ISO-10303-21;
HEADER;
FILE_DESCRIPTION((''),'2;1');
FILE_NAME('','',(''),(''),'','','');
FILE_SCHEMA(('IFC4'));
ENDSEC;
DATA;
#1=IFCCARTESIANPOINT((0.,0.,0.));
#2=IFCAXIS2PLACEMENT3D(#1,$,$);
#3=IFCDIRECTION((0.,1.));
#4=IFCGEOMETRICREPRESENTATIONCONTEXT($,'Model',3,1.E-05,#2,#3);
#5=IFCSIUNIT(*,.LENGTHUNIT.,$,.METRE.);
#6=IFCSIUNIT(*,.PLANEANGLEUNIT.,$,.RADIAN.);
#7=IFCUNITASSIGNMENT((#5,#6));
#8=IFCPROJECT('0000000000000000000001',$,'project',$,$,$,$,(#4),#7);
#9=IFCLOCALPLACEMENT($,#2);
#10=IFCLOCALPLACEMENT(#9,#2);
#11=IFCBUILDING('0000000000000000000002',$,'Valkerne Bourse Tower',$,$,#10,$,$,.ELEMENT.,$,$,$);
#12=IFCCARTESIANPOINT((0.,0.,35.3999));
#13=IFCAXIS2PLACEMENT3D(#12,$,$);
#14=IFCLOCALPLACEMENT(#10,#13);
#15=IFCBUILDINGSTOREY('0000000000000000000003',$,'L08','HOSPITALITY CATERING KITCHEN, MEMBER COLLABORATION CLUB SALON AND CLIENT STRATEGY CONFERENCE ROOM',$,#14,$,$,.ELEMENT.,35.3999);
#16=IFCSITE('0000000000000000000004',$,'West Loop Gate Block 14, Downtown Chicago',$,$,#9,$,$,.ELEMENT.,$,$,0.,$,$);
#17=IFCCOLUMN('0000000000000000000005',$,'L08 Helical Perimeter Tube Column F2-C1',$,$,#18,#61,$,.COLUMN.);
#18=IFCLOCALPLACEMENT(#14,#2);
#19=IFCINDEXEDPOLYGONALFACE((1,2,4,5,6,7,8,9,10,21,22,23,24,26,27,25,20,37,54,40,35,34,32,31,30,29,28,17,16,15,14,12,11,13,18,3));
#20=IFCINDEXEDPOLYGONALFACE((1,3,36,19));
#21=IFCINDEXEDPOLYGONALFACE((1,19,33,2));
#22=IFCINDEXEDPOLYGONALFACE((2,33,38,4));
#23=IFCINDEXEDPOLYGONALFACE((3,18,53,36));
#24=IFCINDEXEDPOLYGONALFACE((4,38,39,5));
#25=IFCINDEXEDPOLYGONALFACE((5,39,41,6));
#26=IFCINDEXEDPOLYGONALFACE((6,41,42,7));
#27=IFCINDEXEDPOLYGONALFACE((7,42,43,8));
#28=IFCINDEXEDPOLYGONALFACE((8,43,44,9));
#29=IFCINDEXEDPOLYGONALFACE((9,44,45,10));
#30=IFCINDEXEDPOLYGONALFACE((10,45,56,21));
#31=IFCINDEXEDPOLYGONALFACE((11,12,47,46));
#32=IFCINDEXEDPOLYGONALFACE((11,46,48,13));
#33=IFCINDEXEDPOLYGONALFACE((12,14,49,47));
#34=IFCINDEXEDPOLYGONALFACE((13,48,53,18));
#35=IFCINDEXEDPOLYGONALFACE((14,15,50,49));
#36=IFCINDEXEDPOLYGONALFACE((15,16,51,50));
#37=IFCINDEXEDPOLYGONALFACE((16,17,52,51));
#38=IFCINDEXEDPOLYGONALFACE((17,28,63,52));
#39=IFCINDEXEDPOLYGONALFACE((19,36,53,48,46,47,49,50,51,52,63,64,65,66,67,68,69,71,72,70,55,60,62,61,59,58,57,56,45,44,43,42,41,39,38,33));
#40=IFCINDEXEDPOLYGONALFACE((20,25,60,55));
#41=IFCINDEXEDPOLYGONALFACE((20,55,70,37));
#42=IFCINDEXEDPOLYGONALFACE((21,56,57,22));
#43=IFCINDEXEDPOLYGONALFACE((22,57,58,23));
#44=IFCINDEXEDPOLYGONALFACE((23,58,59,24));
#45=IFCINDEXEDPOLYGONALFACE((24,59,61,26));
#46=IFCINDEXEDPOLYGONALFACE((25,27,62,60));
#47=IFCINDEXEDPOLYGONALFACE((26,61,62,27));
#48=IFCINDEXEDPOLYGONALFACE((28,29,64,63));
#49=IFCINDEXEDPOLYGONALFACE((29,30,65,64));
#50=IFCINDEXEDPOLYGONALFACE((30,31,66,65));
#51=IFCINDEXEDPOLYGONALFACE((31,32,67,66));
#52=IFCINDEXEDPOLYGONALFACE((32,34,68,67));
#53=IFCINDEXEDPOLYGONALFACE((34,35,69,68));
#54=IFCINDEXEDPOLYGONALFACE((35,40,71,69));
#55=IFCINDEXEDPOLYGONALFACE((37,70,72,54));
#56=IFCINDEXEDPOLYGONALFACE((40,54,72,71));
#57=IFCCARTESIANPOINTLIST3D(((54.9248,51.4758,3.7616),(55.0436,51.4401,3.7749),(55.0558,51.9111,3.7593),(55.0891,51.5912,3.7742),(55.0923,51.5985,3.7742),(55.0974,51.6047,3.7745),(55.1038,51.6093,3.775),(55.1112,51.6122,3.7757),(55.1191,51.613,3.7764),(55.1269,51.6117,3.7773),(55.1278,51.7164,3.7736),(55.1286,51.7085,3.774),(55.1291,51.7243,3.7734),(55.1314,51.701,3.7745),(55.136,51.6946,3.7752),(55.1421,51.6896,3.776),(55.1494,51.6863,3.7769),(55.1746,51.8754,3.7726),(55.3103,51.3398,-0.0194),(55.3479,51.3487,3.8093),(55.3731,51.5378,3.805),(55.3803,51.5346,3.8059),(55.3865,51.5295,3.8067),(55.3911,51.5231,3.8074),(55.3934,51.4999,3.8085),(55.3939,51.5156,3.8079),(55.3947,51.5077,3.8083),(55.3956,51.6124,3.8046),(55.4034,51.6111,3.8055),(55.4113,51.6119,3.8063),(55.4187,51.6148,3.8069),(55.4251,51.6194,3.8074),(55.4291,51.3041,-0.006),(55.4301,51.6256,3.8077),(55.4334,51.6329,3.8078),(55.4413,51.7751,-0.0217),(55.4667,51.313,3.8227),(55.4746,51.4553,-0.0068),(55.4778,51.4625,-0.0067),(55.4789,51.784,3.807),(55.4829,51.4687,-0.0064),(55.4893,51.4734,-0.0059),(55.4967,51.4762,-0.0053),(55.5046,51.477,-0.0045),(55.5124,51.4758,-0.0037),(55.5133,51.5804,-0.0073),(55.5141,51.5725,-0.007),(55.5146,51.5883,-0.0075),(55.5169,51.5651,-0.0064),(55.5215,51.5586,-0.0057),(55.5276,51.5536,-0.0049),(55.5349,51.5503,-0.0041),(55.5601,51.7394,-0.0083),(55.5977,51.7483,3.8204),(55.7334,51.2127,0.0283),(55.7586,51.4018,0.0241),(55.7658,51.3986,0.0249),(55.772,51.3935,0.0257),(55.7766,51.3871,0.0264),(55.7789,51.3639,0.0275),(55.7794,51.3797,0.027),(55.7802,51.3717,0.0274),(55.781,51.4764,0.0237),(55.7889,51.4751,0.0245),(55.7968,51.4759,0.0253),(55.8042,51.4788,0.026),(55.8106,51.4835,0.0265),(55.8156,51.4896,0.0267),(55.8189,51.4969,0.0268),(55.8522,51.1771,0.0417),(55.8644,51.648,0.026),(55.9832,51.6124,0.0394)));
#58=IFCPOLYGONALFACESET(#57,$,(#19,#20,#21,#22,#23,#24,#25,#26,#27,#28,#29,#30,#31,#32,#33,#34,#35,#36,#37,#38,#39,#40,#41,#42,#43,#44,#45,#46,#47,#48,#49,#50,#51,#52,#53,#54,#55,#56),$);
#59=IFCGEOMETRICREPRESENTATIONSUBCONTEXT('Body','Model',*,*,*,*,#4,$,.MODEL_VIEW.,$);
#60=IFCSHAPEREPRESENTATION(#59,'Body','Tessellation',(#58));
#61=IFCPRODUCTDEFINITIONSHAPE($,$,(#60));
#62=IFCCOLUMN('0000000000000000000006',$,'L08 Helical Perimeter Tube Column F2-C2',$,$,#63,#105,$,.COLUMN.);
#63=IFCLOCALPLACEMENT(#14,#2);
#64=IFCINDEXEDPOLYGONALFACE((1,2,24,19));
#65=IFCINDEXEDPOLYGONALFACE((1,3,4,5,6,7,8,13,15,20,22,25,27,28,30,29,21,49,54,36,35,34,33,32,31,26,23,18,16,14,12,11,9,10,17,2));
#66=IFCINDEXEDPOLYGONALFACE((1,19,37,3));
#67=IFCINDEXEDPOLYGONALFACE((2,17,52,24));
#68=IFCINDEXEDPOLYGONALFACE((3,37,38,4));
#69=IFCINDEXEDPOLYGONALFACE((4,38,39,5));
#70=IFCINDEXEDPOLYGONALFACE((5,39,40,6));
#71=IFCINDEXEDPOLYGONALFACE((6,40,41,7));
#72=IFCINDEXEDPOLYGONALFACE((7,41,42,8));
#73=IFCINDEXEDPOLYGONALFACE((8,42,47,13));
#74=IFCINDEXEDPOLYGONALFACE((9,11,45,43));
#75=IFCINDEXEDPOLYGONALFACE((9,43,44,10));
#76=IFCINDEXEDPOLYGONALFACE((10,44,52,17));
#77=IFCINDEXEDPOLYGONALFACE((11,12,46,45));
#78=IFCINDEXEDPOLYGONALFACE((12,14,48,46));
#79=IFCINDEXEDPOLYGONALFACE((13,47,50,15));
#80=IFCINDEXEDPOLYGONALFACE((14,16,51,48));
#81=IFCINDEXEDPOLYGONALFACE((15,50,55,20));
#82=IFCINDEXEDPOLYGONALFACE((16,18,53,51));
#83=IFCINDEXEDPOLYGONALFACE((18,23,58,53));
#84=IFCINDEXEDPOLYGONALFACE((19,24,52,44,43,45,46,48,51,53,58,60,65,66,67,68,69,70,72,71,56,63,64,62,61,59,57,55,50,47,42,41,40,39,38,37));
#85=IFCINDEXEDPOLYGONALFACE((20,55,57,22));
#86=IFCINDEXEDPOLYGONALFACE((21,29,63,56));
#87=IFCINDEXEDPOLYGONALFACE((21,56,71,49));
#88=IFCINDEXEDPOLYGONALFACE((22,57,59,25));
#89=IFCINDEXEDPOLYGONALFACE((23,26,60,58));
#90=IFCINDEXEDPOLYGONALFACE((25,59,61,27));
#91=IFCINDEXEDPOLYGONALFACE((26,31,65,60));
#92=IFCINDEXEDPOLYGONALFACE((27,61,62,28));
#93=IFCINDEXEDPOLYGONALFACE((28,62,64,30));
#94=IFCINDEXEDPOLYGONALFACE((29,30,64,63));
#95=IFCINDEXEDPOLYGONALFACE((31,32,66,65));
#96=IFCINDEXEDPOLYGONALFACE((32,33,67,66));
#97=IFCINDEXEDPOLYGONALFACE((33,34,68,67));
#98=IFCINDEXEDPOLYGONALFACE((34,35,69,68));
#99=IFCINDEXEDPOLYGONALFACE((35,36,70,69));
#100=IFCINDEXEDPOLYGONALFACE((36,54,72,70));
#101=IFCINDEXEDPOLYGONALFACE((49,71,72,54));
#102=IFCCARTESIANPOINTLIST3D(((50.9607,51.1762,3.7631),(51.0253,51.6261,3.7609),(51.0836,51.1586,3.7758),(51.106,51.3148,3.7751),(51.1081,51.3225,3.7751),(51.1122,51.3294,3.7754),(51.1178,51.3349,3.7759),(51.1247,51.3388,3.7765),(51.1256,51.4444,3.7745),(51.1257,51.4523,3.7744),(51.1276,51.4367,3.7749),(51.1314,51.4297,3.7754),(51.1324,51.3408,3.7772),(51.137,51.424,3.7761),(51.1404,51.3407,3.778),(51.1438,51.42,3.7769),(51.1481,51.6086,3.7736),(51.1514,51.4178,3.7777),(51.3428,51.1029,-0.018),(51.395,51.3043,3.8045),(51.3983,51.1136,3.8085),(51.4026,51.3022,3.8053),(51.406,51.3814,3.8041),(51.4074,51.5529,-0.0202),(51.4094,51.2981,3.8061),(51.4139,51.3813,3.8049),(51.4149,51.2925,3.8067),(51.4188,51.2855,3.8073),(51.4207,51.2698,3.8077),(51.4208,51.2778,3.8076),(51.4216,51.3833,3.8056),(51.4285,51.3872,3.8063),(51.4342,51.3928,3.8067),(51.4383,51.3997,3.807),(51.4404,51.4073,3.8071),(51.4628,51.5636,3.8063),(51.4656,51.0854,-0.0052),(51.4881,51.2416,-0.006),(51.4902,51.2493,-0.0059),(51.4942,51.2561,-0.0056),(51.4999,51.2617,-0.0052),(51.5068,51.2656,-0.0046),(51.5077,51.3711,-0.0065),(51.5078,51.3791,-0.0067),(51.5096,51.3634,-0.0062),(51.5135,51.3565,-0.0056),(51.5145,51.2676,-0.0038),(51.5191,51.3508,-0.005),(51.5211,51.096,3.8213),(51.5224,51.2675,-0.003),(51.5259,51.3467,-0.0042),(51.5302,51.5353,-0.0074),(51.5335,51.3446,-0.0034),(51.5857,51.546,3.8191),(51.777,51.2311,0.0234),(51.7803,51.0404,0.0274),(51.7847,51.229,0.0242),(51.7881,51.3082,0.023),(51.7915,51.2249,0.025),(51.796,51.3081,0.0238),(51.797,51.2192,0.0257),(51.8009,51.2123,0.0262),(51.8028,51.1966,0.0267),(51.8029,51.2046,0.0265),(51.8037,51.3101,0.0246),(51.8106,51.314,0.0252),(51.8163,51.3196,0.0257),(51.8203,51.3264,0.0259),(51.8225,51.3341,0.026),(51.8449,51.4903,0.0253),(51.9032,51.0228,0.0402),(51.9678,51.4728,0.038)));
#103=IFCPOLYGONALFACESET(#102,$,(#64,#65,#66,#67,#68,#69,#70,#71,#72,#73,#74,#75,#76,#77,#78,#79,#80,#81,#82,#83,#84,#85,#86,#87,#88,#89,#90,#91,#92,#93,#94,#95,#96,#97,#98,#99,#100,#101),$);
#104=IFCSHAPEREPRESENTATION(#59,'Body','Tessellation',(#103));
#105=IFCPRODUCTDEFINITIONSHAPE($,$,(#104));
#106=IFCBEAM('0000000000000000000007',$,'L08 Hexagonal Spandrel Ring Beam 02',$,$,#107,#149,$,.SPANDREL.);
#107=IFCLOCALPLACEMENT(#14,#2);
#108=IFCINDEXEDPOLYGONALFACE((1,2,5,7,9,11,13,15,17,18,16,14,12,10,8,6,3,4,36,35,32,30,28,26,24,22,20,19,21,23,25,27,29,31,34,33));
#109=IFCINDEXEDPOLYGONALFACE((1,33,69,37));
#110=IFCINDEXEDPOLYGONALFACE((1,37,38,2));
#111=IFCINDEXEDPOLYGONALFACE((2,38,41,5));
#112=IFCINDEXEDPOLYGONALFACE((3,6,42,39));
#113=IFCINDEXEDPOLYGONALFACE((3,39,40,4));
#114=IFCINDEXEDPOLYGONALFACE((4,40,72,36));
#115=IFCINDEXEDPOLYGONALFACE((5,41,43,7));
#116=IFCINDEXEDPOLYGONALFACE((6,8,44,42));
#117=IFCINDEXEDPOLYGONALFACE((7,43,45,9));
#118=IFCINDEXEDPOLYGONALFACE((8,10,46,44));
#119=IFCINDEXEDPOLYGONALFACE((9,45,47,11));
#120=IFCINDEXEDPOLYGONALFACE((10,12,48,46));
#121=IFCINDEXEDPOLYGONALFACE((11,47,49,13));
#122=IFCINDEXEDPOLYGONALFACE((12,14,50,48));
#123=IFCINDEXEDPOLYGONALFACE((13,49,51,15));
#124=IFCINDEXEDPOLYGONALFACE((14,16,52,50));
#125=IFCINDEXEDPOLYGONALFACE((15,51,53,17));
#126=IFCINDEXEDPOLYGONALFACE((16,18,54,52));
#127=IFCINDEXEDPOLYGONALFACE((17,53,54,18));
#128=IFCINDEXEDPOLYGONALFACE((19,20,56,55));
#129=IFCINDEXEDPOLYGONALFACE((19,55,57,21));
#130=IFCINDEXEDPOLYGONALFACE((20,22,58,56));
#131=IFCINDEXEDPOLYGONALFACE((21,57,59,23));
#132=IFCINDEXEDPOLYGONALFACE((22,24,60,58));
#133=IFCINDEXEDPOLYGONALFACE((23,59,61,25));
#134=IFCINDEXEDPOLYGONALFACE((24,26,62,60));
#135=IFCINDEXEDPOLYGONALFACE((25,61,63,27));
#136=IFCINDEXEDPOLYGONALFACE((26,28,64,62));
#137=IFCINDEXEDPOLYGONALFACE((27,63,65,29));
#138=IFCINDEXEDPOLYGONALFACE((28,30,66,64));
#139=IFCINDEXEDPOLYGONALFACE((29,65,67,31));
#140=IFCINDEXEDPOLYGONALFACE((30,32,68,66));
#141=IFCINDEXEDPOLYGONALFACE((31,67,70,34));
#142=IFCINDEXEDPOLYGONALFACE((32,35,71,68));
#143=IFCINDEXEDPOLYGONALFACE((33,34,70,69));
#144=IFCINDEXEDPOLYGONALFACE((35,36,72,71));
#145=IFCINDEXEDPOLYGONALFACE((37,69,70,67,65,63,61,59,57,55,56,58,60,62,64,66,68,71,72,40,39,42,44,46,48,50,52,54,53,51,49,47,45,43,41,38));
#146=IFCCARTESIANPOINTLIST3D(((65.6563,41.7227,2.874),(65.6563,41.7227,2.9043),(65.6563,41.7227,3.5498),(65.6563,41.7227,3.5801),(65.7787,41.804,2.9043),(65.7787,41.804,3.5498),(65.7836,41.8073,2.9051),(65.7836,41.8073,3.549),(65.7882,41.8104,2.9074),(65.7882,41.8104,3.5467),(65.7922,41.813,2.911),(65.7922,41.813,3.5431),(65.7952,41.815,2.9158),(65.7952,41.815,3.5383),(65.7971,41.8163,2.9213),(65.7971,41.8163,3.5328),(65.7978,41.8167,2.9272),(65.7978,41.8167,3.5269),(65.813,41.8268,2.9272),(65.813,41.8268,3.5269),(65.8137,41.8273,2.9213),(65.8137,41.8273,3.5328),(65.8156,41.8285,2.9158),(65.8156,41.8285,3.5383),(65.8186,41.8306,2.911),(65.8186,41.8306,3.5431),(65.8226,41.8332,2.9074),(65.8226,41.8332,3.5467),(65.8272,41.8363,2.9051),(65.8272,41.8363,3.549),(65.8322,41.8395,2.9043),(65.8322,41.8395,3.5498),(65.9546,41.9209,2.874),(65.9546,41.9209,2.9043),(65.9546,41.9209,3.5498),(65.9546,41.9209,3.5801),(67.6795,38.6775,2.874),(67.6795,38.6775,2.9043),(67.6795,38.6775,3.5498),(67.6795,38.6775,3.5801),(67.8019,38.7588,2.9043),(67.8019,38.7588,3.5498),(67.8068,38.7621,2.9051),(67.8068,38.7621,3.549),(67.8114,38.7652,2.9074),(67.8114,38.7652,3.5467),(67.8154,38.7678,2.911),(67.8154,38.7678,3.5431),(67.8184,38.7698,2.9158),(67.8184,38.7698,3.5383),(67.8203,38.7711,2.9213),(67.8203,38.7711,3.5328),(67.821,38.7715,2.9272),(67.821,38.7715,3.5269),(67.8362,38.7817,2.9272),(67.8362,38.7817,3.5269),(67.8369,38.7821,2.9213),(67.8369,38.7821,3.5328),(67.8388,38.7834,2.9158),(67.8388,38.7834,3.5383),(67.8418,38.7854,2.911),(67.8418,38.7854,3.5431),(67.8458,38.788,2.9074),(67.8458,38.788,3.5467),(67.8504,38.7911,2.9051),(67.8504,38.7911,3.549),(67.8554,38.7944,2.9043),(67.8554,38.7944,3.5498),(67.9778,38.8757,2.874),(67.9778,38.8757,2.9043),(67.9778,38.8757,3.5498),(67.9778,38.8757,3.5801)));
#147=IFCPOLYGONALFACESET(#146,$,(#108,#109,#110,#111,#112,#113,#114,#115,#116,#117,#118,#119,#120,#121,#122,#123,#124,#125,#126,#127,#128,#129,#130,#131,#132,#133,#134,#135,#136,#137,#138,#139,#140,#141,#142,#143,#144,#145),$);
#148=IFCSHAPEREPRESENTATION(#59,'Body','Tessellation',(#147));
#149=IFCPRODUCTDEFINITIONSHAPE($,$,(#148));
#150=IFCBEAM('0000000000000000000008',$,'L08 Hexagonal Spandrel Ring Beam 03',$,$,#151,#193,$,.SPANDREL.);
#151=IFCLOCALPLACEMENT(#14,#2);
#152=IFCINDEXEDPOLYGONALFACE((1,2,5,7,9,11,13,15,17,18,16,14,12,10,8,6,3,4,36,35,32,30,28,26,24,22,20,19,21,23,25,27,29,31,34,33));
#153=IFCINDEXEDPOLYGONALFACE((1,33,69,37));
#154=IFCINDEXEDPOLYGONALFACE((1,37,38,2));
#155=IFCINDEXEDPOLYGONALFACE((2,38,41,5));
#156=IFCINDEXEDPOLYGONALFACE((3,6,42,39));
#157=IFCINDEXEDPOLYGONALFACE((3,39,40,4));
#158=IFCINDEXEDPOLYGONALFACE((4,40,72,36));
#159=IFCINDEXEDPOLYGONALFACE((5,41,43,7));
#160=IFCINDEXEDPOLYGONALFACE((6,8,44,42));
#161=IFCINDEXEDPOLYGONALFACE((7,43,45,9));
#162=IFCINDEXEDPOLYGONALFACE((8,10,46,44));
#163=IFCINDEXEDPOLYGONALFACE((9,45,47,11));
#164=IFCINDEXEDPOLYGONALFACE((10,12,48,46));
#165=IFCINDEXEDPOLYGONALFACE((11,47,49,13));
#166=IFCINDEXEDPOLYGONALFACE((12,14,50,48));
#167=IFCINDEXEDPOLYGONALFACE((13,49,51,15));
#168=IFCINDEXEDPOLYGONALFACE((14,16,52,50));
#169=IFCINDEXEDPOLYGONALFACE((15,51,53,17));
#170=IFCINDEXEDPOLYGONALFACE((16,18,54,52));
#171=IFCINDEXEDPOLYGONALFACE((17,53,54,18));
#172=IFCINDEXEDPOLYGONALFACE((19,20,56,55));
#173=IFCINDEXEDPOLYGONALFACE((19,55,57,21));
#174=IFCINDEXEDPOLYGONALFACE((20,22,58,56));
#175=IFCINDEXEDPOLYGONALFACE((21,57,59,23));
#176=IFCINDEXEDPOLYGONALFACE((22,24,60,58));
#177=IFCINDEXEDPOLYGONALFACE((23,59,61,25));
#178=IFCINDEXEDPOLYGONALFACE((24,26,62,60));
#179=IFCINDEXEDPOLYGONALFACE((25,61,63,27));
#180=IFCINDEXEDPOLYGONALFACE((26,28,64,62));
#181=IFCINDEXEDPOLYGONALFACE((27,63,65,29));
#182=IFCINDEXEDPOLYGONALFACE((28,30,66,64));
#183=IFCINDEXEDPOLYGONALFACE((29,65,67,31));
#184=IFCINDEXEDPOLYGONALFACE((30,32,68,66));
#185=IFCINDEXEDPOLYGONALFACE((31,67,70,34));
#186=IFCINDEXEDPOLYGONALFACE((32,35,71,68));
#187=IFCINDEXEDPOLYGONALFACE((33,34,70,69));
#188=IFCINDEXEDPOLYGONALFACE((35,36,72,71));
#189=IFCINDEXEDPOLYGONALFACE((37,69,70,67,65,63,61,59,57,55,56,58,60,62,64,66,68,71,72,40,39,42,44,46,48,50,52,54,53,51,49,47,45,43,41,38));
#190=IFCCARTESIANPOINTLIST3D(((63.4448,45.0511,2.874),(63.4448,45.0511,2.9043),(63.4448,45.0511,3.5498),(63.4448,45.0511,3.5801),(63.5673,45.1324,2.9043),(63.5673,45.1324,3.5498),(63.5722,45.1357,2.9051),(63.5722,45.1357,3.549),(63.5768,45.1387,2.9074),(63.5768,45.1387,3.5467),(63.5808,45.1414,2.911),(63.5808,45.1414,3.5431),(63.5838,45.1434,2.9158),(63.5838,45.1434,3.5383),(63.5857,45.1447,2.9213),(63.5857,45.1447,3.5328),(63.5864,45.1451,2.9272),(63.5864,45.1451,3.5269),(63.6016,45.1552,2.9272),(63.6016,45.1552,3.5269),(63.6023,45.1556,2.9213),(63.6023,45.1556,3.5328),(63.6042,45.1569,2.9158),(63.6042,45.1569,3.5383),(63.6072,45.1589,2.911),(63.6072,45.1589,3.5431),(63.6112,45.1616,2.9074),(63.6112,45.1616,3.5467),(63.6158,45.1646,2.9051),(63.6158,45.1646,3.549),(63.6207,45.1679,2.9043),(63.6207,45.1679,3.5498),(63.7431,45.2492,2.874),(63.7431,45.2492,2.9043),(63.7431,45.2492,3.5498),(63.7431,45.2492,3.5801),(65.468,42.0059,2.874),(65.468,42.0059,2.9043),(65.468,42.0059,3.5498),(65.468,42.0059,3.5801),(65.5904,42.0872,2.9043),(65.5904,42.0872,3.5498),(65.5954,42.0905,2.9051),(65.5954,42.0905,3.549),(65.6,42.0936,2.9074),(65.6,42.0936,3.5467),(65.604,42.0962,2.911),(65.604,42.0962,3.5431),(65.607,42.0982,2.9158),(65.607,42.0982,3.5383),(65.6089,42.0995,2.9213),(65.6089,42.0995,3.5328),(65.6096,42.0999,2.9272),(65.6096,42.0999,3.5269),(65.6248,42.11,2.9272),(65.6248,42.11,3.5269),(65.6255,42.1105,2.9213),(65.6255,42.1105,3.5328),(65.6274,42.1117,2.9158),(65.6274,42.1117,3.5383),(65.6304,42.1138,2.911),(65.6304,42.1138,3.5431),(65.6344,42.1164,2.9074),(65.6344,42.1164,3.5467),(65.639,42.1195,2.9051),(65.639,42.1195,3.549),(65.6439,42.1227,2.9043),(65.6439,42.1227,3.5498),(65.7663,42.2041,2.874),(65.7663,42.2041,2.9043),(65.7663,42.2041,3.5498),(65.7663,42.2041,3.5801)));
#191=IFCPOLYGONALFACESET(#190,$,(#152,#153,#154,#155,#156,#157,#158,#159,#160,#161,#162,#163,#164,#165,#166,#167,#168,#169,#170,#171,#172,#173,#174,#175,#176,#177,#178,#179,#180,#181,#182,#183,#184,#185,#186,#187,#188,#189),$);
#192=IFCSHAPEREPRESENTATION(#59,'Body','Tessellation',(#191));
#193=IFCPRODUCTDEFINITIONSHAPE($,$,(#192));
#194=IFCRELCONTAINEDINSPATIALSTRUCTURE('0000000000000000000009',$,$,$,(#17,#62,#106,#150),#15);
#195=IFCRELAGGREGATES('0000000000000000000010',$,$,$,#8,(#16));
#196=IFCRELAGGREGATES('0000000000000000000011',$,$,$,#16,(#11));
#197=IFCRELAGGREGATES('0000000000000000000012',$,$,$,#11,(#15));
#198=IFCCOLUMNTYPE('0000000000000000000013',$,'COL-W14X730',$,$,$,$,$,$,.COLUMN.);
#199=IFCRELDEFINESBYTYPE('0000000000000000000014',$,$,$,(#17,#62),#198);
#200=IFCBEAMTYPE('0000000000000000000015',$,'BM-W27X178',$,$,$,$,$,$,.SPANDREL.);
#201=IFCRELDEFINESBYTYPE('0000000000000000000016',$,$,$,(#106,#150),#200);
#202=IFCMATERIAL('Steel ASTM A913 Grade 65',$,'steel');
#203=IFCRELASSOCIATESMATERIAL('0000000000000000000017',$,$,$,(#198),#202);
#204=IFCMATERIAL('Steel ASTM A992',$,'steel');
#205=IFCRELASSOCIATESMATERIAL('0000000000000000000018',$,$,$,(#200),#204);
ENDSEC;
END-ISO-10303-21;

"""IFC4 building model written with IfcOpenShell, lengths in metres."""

from ifc_helpers import new_model, si_unit, direction, frame, origin, origin_2d, place, context, subcontext, project, spatial, i_section, extrude, material, material_profile, profile_set, type_object, element, save


model = new_model("IFC4")

# Units and contexts
model_context = context("Model", 3, precision=1e-05, world=origin(), true_north=direction((0.0, 1.0)))
body_context = subcontext(model_context, "Body", "Model", "MODEL_VIEW")
ifc_project = project(units=[si_unit("LENGTHUNIT", "METRE"), si_unit("PLANEANGLEUNIT", "RADIAN")], contexts=[model_context])

# Site, building, storey
site_placement = place(None, origin())
site = spatial("IfcSite", under=ifc_project, at=site_placement, Name="West Loop Gate Block 14, Downtown Chicago", CompositionType="ELEMENT", RefElevation=0.0)
building_placement = place(site_placement, origin())
building = spatial("IfcBuilding", under=site, at=building_placement, Name="Valkerne Bourse Tower", CompositionType="ELEMENT")
storey_placement = place(building_placement, frame((0.0, 0.0, 35.3999)))
storey = spatial("IfcBuildingStorey", under=building, at=storey_placement, Name="L08", Description="HOSPITALITY CATERING KITCHEN, MEMBER COLLABORATION CLUB SALON AND CLIENT STRATEGY CONFERENCE ROOM", CompositionType="ELEMENT", Elevation=35.3999)

# Columns
ifc_material_1 = material(Name="Steel ASTM A913 Grade 65", Category="steel")
ifc_material_profile_1 = material_profile(ifc_material_1, i_section(OverallWidth=0.4546, OverallDepth=0.5691, WebThickness=0.0779, FlangeThickness=0.1248, FilletRadius=0.0305, at=origin_2d()), Name="W14X730")
ifc_profile_set_1 = profile_set([ifc_material_profile_1], Name="Steel ASTM A913 Grade 65")
column_type = type_object("IfcColumnType", Name="COL-W14X730", PredefinedType="COLUMN", material=ifc_profile_set_1)
for number, where, z_axis, x_axis, name in (
    (1, (55.6467, 51.4761, 0.01), (-0.101366, 0.035757, 0.994206), (0.288128, 0.957578, -0.005063), "L08 Helical Perimeter Tube Column F2-C1"),
):
    element("IfcColumn", number, at=place(storey_placement, frame(where, z_axis=z_axis, x_axis=x_axis)), inside=storey, type_object=column_type, Name=name, PredefinedType="COLUMN", context=body_context, shape_type="SweptSolid", body=[
        extrude(i_section(OverallWidth=0.4546, OverallDepth=0.5691, WebThickness=0.0779, FlangeThickness=0.1248, FilletRadius=0.0305, at=origin_2d()), origin(), (0.0, 0.0, 1.0), 3.803),
    ])
column_1_placement = place(storey_placement, frame((51.6553, 51.2878, 0.01), z_axis=(-0.100522, 0.019269, 0.994748), x_axis=(0.142035, 0.98985, -0.004821)))
element("IfcColumn", 2, at=column_1_placement, inside=storey, type_object=column_type, Name="L08 Helical Perimeter Tube Column F2-C2", PredefinedType="COLUMN", context=body_context, shape_type="SweptSolid", body=[
    extrude(i_section(OverallWidth=0.4546, OverallDepth=0.5691, WebThickness=0.0779, FlangeThickness=0.1248, FilletRadius=0.0305, at=origin_2d()), origin(), (0.0, 0.0, 1.0), 3.801),
])

# Beams
ifc_material_2 = material(Name="Steel ASTM A992", Category="steel")
ifc_material_profile_2 = material_profile(ifc_material_2, i_section(OverallWidth=0.3582, OverallDepth=0.7061, WebThickness=0.0183, FlangeThickness=0.0303, FilletRadius=0.0229, at=origin_2d()), Name="W27X178")
ifc_profile_set_2 = profile_set([ifc_material_profile_2], Name="Steel ASTM A992")
beam_type = type_object("IfcBeamType", Name="BM-W27X178", PredefinedType="SPANDREL", material=ifc_profile_set_2)
for number, where, z_axis, x_axis, name in (
    (3, (67.8286, 38.7766, 3.2271), (-0.55339, 0.832923, 0.0), (-0.832923, -0.55339, 0.0), "L08 Hexagonal Spandrel Ring Beam 02"),
    (4, (65.6172, 42.105, 3.2271), (-0.55339, 0.832923, 0.0), (-0.832923, -0.55339, 0.0), "L08 Hexagonal Spandrel Ring Beam 03"),
):
    element("IfcBeam", number, at=place(storey_placement, frame(where, z_axis=z_axis, x_axis=x_axis)), inside=storey, type_object=beam_type, Name=name, PredefinedType="SPANDREL", context=body_context, shape_type="SweptSolid", body=[
        extrude(i_section(OverallWidth=0.3582, OverallDepth=0.7061, WebThickness=0.0183, FlangeThickness=0.0303, FilletRadius=0.0229, at=origin_2d()), origin(), (0.0, 0.0, 1.0), 3.656),
    ])

save(model, "model.ifc")
